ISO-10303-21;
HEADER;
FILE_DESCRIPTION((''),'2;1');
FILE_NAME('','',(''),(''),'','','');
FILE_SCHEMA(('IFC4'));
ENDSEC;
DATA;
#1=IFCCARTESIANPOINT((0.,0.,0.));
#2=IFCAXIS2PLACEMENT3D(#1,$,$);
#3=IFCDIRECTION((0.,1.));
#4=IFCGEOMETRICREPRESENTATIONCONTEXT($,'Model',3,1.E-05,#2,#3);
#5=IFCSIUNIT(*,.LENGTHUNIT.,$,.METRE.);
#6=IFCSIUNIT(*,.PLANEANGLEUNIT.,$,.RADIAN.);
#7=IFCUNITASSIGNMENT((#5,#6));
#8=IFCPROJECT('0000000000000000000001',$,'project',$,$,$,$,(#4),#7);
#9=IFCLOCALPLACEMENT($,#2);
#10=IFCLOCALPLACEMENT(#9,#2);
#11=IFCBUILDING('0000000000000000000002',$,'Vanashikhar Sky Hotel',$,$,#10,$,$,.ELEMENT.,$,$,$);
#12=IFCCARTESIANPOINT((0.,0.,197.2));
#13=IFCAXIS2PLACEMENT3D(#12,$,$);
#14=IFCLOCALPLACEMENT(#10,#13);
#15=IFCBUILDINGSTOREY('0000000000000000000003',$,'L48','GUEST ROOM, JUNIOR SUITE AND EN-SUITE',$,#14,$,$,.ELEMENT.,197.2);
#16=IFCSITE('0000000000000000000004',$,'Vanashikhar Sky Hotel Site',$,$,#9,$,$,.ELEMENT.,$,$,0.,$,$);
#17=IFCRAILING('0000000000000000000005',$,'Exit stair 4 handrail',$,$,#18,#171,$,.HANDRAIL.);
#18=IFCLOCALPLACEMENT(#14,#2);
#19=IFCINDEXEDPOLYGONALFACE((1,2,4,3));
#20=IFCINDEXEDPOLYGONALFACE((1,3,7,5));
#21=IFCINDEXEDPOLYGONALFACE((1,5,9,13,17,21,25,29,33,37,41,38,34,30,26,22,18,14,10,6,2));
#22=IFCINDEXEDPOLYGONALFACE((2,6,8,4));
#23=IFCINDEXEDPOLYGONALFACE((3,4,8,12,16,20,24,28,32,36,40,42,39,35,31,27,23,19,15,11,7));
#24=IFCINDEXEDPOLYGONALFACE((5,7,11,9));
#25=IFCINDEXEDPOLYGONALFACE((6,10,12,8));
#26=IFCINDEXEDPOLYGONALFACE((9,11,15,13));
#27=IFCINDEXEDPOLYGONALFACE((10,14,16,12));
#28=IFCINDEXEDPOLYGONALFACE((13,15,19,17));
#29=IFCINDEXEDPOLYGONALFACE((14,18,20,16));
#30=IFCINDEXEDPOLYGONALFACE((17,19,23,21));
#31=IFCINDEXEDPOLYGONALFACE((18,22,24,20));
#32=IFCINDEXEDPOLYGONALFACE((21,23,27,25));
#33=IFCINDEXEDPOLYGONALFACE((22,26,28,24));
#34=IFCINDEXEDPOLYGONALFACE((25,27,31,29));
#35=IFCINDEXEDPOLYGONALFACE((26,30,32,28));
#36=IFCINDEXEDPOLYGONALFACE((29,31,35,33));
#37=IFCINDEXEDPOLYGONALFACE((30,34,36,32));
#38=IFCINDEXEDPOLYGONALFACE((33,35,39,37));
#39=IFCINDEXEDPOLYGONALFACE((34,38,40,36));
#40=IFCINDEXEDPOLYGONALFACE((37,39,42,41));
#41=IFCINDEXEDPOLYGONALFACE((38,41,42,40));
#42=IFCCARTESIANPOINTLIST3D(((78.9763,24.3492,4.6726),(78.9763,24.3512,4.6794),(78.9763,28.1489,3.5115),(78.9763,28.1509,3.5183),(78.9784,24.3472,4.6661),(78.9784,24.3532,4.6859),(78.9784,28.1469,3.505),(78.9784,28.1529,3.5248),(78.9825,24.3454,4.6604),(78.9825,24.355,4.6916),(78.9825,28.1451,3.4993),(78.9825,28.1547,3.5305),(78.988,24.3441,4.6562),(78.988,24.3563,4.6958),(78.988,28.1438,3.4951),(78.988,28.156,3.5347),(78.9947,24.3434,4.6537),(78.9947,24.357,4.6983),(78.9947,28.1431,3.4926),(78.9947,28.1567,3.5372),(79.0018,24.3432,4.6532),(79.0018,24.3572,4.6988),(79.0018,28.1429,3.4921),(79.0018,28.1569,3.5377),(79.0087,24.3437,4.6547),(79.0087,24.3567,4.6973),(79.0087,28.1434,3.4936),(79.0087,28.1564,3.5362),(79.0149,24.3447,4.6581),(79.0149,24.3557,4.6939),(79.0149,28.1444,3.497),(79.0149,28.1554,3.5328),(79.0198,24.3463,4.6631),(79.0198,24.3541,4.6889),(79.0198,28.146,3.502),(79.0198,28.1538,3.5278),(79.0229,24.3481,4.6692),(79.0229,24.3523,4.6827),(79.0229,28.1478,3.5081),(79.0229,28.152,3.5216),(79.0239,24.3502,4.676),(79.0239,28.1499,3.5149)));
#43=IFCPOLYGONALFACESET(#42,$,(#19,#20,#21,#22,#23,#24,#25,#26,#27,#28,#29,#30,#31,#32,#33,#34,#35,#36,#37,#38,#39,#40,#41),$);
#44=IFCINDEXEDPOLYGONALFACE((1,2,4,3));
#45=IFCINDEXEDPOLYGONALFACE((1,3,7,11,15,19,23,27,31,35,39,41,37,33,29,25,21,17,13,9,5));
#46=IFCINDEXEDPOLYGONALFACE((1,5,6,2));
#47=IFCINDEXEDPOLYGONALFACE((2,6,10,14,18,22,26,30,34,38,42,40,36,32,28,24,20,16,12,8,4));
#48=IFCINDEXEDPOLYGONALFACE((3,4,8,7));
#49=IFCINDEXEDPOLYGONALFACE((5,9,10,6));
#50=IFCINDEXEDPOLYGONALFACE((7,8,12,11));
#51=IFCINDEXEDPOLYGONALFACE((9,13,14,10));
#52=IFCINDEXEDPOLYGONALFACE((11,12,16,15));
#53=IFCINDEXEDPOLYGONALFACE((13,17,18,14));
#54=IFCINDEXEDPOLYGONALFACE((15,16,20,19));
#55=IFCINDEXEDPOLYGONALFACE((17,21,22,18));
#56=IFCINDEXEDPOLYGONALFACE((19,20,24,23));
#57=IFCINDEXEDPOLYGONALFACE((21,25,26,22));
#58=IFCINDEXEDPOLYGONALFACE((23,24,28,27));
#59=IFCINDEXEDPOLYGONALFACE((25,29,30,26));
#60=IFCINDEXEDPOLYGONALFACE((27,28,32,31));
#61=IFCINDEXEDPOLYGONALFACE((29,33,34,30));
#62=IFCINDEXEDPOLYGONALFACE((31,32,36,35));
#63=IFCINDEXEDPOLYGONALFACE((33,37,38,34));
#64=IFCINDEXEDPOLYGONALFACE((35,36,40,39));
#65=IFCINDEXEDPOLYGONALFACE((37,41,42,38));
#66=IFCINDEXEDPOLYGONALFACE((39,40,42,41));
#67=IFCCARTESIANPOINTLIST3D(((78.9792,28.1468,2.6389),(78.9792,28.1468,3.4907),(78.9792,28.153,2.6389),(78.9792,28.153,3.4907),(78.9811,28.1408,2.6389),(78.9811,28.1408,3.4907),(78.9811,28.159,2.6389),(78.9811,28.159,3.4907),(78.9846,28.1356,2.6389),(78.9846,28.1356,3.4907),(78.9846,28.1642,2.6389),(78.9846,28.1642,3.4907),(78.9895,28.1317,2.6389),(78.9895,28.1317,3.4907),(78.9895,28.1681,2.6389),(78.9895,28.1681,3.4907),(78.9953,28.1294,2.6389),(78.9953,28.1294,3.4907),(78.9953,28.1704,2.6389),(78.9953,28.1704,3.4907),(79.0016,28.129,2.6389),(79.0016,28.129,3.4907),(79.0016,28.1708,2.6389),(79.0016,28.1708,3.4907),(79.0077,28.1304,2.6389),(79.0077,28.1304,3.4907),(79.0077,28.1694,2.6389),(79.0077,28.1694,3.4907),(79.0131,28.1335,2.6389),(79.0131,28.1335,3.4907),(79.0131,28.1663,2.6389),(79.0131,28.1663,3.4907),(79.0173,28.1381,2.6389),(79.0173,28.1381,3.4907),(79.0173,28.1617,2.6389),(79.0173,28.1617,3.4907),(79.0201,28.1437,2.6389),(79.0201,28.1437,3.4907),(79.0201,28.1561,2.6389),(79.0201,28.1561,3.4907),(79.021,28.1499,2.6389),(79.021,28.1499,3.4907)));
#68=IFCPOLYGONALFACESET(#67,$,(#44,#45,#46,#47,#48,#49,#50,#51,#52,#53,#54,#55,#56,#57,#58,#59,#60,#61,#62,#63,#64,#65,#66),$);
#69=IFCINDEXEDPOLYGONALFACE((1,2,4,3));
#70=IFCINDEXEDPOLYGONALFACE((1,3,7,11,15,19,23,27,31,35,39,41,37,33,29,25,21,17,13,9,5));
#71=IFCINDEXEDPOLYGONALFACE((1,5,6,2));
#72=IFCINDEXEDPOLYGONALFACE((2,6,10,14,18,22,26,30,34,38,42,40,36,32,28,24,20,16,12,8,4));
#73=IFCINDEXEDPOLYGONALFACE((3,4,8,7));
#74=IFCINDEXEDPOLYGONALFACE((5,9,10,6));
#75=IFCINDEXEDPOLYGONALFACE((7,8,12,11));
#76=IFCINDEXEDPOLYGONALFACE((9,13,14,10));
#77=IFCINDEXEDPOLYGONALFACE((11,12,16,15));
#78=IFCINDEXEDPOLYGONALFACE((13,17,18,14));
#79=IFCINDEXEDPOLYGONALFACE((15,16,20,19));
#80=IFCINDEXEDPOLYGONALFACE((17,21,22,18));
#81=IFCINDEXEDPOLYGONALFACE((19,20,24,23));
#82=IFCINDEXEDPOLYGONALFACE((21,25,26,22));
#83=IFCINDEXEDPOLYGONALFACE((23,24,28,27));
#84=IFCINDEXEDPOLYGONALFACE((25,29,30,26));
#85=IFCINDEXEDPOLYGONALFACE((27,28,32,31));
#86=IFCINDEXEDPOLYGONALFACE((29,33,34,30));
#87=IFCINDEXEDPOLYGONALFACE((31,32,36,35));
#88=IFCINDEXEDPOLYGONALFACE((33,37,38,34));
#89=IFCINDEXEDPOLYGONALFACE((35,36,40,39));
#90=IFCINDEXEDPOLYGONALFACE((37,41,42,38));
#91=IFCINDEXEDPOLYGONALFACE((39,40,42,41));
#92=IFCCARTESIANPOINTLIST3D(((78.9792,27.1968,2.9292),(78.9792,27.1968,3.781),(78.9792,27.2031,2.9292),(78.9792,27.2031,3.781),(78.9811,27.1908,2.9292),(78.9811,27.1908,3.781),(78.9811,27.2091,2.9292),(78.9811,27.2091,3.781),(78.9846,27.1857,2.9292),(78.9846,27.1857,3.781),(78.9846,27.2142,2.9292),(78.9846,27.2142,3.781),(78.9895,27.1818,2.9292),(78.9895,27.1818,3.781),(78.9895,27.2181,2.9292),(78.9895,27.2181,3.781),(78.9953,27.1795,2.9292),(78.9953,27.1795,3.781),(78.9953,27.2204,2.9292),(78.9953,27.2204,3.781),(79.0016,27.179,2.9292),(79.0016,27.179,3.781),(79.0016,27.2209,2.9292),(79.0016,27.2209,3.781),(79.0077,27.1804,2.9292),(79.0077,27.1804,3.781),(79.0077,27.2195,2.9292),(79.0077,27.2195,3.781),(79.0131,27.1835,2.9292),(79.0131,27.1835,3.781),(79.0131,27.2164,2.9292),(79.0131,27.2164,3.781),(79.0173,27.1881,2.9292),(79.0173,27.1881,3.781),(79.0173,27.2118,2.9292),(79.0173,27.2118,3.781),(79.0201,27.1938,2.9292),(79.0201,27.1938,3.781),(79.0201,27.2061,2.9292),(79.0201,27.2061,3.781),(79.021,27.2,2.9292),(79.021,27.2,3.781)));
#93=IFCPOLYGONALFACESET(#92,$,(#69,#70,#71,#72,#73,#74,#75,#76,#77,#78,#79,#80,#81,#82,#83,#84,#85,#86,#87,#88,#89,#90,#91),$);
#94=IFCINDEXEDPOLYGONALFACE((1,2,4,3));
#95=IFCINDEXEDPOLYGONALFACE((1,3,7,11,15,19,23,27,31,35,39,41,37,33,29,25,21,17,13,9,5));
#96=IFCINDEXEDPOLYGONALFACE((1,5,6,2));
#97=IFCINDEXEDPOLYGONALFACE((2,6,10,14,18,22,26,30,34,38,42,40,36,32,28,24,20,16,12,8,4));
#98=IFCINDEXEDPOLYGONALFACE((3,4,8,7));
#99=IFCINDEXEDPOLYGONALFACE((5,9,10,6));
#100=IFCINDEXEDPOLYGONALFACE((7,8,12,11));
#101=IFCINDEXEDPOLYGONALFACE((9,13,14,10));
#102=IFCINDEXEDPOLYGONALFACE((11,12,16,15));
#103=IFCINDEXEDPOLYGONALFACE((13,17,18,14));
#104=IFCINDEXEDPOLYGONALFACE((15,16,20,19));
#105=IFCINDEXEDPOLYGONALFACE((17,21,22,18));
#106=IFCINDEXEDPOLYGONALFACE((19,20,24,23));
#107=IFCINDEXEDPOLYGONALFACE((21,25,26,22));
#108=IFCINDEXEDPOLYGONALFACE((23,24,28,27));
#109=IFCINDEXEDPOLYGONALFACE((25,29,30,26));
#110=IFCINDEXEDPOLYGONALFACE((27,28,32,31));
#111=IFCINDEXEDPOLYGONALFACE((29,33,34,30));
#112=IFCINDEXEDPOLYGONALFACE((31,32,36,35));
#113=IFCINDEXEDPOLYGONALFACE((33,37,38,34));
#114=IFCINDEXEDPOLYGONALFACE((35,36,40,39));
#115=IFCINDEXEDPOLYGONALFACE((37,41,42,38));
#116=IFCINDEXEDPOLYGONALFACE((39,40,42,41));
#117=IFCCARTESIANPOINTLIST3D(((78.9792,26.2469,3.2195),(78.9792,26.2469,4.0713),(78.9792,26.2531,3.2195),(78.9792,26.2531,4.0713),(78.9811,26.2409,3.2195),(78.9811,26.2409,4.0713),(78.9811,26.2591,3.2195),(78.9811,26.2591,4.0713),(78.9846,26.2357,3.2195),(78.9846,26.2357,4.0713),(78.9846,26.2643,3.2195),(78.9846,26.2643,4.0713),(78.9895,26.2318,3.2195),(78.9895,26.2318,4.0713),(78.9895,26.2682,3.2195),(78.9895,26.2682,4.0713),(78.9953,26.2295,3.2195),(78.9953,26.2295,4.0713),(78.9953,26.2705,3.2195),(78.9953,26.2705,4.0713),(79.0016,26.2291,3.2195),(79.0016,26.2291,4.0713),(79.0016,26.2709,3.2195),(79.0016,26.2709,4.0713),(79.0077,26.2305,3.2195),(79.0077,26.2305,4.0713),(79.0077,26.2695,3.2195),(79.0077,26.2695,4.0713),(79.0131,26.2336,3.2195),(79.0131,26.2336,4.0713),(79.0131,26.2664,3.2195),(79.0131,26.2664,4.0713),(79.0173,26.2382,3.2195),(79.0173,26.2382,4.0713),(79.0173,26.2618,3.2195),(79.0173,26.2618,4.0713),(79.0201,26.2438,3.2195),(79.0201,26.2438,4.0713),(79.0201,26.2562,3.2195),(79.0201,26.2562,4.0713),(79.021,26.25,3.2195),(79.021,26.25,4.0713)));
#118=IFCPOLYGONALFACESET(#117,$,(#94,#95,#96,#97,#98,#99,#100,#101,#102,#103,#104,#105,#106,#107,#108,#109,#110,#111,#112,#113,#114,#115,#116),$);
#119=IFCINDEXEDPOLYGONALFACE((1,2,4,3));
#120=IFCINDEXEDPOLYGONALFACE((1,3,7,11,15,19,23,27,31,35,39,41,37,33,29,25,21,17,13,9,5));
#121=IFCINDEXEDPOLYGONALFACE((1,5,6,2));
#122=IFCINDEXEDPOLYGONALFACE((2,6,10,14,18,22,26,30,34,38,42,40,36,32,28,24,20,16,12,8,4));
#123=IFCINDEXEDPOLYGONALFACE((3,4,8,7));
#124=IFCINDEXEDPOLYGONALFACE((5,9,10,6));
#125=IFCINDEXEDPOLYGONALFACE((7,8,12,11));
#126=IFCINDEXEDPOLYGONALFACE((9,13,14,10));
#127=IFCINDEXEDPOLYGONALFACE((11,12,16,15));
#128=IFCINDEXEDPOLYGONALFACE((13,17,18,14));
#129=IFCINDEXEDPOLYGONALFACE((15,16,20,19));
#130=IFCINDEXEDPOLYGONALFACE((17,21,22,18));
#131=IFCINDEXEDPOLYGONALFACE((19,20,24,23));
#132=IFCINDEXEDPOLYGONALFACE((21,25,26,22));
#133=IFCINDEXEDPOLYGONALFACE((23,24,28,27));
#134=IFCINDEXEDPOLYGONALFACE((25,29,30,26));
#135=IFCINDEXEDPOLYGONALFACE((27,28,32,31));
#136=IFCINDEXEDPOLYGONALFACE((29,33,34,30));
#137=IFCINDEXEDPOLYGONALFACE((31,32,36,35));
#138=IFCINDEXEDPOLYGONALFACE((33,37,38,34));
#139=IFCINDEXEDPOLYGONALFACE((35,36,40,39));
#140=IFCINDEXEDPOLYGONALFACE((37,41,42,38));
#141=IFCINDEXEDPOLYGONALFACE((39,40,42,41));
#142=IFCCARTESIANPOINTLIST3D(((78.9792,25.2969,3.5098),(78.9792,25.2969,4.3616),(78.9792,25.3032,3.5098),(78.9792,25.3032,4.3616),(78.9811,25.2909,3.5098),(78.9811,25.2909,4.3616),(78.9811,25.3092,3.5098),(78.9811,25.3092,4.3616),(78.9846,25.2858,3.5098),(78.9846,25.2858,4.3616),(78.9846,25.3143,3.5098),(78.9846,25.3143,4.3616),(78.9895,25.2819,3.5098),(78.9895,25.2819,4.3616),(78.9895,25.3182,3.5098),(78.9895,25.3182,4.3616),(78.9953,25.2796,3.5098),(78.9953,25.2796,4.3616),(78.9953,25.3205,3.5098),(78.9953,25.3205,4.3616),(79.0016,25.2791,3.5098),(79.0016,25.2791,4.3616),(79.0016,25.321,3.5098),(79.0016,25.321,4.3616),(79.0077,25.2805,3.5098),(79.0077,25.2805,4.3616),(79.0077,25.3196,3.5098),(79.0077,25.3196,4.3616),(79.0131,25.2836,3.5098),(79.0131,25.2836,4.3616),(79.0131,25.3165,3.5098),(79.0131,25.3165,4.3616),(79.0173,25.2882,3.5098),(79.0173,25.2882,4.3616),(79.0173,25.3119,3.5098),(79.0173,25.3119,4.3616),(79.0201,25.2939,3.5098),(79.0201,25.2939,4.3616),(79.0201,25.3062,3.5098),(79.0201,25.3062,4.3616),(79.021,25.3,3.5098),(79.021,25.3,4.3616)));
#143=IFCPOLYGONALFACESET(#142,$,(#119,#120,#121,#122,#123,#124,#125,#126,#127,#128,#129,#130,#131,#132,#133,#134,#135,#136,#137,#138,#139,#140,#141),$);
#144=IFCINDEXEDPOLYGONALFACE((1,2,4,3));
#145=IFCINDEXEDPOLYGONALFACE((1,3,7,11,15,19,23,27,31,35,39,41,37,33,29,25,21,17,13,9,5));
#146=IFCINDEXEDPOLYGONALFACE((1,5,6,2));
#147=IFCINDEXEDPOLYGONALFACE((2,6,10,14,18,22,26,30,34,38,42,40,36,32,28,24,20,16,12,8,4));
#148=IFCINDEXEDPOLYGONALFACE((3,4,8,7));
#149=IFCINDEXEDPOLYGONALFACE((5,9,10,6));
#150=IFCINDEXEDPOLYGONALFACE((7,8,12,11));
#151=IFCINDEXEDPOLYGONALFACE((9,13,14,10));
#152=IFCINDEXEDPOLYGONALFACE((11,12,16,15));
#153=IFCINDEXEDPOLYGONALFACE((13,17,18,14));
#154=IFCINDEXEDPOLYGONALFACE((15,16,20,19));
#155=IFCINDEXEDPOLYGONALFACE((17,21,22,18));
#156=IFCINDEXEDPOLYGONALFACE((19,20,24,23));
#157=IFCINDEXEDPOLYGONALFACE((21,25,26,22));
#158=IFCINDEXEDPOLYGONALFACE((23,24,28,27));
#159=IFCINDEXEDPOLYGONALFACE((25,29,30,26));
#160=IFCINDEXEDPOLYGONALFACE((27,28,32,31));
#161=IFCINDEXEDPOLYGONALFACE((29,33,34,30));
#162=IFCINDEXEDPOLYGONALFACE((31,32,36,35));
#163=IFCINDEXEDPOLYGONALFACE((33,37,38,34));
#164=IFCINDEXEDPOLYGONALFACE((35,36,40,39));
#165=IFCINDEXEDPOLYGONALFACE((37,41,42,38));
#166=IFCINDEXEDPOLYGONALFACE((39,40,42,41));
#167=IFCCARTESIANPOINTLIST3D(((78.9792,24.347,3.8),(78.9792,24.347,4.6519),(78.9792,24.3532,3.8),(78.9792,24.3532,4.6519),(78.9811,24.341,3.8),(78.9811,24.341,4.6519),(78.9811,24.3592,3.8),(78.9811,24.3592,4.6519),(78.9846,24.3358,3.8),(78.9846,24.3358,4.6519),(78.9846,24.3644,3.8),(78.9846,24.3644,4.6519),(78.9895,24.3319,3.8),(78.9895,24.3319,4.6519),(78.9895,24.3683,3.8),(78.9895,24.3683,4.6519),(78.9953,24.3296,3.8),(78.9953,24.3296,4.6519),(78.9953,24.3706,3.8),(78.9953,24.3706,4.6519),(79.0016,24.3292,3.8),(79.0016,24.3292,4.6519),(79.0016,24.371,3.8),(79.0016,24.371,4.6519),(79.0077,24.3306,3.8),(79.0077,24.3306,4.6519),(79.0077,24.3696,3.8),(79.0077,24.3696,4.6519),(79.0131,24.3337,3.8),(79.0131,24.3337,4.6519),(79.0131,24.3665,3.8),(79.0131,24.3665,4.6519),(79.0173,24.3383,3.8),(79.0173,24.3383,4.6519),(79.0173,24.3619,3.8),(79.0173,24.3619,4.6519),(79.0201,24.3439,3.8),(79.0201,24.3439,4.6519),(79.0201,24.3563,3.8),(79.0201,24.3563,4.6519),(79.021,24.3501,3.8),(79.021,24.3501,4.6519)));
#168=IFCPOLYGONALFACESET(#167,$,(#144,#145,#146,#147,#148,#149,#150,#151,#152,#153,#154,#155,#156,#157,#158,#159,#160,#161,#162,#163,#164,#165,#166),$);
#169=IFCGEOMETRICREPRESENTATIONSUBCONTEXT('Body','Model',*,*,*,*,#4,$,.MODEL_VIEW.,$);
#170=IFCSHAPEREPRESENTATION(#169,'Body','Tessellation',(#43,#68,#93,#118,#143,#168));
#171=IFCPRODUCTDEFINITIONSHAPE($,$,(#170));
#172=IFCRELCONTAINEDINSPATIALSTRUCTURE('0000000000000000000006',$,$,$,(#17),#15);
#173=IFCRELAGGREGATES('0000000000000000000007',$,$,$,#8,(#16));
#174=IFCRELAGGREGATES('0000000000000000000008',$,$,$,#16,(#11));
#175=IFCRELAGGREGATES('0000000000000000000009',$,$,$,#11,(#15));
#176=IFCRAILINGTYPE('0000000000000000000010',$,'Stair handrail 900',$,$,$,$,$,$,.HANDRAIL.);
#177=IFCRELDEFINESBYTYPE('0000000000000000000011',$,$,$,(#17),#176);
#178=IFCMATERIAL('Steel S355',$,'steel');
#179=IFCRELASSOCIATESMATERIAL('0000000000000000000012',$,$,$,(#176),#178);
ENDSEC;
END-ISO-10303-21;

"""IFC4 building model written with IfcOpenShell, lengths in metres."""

from ifc_helpers import new_model, si_unit, direction, frame, origin, origin_2d, place, context, subcontext, project, spatial, circle, extrude, source, transform, mapped, material, type_object, element, save


model = new_model("IFC4")

# Units and contexts
model_context = context("Model", 3, precision=1e-05, world=origin(), true_north=direction((0.0, 1.0)))
body_context = subcontext(model_context, "Body", "Model", "MODEL_VIEW")
ifc_project = project(units=[si_unit("LENGTHUNIT", "METRE"), si_unit("PLANEANGLEUNIT", "RADIAN")], contexts=[model_context])

# Site, building, storey
site_placement = place(None, origin())
site = spatial("IfcSite", under=ifc_project, at=site_placement, Name="Vanashikhar Sky Hotel Site", CompositionType="ELEMENT", RefElevation=0.0)
building_placement = place(site_placement, origin())
building = spatial("IfcBuilding", under=site, at=building_placement, Name="Vanashikhar Sky Hotel", CompositionType="ELEMENT")
storey_placement = place(building_placement, frame((0.0, 0.0, 197.2)))
storey = spatial("IfcBuildingStorey", under=building, at=storey_placement, Name="L48", Description="GUEST ROOM, JUNIOR SUITE AND EN-SUITE", CompositionType="ELEMENT", Elevation=197.2)

# Railing
ifc_material_1 = material(Name="Steel S355", Category="steel")
railing_type = type_object("IfcRailingType", Name="Stair handrail 900", PredefinedType="HANDRAIL", material=ifc_material_1)
shared_shape_1 = source(origin(), body_context, "Body", "SweptSolid", [
    extrude(circle(Radius=0.0239, at=origin_2d()), frame((0.0, 0.0, 0.876), z_axis=(0.0, -0.956346, 0.292237), x_axis=(1.0, 0.0, 0.0)), (0.0, 0.0, 1.0), 3.9731),
    extrude(circle(Radius=0.021, at=origin_2d()), origin(), (0.0, 0.0, 1.0), 0.8518),
    extrude(circle(Radius=0.021, at=origin_2d()), frame((0.0, -0.95, 0.2903)), (0.0, 0.0, 1.0), 0.8518),
    extrude(circle(Radius=0.021, at=origin_2d()), frame((0.0, -1.8999, 0.5806)), (0.0, 0.0, 1.0), 0.8518),
    extrude(circle(Radius=0.021, at=origin_2d()), frame((0.0, -2.8499, 0.8708)), (0.0, 0.0, 1.0), 0.8518),
    extrude(circle(Radius=0.021, at=origin_2d()), frame((0.0, -3.7998, 1.1611)), (0.0, 0.0, 1.0), 0.8518),
])
railing_1_placement = place(storey_placement, frame((79.0, 28.1499, 2.6389)))
element("IfcRailing", 1, at=railing_1_placement, inside=storey, type_object=railing_type, Name="Exit stair 4 handrail", PredefinedType="HANDRAIL", context=body_context, shape_type="MappedRepresentation", body=[
    mapped(shared_shape_1, transform((0.0, 0.0, 0.0), scale=1.0)),
])

save(model, "model.ifc")
